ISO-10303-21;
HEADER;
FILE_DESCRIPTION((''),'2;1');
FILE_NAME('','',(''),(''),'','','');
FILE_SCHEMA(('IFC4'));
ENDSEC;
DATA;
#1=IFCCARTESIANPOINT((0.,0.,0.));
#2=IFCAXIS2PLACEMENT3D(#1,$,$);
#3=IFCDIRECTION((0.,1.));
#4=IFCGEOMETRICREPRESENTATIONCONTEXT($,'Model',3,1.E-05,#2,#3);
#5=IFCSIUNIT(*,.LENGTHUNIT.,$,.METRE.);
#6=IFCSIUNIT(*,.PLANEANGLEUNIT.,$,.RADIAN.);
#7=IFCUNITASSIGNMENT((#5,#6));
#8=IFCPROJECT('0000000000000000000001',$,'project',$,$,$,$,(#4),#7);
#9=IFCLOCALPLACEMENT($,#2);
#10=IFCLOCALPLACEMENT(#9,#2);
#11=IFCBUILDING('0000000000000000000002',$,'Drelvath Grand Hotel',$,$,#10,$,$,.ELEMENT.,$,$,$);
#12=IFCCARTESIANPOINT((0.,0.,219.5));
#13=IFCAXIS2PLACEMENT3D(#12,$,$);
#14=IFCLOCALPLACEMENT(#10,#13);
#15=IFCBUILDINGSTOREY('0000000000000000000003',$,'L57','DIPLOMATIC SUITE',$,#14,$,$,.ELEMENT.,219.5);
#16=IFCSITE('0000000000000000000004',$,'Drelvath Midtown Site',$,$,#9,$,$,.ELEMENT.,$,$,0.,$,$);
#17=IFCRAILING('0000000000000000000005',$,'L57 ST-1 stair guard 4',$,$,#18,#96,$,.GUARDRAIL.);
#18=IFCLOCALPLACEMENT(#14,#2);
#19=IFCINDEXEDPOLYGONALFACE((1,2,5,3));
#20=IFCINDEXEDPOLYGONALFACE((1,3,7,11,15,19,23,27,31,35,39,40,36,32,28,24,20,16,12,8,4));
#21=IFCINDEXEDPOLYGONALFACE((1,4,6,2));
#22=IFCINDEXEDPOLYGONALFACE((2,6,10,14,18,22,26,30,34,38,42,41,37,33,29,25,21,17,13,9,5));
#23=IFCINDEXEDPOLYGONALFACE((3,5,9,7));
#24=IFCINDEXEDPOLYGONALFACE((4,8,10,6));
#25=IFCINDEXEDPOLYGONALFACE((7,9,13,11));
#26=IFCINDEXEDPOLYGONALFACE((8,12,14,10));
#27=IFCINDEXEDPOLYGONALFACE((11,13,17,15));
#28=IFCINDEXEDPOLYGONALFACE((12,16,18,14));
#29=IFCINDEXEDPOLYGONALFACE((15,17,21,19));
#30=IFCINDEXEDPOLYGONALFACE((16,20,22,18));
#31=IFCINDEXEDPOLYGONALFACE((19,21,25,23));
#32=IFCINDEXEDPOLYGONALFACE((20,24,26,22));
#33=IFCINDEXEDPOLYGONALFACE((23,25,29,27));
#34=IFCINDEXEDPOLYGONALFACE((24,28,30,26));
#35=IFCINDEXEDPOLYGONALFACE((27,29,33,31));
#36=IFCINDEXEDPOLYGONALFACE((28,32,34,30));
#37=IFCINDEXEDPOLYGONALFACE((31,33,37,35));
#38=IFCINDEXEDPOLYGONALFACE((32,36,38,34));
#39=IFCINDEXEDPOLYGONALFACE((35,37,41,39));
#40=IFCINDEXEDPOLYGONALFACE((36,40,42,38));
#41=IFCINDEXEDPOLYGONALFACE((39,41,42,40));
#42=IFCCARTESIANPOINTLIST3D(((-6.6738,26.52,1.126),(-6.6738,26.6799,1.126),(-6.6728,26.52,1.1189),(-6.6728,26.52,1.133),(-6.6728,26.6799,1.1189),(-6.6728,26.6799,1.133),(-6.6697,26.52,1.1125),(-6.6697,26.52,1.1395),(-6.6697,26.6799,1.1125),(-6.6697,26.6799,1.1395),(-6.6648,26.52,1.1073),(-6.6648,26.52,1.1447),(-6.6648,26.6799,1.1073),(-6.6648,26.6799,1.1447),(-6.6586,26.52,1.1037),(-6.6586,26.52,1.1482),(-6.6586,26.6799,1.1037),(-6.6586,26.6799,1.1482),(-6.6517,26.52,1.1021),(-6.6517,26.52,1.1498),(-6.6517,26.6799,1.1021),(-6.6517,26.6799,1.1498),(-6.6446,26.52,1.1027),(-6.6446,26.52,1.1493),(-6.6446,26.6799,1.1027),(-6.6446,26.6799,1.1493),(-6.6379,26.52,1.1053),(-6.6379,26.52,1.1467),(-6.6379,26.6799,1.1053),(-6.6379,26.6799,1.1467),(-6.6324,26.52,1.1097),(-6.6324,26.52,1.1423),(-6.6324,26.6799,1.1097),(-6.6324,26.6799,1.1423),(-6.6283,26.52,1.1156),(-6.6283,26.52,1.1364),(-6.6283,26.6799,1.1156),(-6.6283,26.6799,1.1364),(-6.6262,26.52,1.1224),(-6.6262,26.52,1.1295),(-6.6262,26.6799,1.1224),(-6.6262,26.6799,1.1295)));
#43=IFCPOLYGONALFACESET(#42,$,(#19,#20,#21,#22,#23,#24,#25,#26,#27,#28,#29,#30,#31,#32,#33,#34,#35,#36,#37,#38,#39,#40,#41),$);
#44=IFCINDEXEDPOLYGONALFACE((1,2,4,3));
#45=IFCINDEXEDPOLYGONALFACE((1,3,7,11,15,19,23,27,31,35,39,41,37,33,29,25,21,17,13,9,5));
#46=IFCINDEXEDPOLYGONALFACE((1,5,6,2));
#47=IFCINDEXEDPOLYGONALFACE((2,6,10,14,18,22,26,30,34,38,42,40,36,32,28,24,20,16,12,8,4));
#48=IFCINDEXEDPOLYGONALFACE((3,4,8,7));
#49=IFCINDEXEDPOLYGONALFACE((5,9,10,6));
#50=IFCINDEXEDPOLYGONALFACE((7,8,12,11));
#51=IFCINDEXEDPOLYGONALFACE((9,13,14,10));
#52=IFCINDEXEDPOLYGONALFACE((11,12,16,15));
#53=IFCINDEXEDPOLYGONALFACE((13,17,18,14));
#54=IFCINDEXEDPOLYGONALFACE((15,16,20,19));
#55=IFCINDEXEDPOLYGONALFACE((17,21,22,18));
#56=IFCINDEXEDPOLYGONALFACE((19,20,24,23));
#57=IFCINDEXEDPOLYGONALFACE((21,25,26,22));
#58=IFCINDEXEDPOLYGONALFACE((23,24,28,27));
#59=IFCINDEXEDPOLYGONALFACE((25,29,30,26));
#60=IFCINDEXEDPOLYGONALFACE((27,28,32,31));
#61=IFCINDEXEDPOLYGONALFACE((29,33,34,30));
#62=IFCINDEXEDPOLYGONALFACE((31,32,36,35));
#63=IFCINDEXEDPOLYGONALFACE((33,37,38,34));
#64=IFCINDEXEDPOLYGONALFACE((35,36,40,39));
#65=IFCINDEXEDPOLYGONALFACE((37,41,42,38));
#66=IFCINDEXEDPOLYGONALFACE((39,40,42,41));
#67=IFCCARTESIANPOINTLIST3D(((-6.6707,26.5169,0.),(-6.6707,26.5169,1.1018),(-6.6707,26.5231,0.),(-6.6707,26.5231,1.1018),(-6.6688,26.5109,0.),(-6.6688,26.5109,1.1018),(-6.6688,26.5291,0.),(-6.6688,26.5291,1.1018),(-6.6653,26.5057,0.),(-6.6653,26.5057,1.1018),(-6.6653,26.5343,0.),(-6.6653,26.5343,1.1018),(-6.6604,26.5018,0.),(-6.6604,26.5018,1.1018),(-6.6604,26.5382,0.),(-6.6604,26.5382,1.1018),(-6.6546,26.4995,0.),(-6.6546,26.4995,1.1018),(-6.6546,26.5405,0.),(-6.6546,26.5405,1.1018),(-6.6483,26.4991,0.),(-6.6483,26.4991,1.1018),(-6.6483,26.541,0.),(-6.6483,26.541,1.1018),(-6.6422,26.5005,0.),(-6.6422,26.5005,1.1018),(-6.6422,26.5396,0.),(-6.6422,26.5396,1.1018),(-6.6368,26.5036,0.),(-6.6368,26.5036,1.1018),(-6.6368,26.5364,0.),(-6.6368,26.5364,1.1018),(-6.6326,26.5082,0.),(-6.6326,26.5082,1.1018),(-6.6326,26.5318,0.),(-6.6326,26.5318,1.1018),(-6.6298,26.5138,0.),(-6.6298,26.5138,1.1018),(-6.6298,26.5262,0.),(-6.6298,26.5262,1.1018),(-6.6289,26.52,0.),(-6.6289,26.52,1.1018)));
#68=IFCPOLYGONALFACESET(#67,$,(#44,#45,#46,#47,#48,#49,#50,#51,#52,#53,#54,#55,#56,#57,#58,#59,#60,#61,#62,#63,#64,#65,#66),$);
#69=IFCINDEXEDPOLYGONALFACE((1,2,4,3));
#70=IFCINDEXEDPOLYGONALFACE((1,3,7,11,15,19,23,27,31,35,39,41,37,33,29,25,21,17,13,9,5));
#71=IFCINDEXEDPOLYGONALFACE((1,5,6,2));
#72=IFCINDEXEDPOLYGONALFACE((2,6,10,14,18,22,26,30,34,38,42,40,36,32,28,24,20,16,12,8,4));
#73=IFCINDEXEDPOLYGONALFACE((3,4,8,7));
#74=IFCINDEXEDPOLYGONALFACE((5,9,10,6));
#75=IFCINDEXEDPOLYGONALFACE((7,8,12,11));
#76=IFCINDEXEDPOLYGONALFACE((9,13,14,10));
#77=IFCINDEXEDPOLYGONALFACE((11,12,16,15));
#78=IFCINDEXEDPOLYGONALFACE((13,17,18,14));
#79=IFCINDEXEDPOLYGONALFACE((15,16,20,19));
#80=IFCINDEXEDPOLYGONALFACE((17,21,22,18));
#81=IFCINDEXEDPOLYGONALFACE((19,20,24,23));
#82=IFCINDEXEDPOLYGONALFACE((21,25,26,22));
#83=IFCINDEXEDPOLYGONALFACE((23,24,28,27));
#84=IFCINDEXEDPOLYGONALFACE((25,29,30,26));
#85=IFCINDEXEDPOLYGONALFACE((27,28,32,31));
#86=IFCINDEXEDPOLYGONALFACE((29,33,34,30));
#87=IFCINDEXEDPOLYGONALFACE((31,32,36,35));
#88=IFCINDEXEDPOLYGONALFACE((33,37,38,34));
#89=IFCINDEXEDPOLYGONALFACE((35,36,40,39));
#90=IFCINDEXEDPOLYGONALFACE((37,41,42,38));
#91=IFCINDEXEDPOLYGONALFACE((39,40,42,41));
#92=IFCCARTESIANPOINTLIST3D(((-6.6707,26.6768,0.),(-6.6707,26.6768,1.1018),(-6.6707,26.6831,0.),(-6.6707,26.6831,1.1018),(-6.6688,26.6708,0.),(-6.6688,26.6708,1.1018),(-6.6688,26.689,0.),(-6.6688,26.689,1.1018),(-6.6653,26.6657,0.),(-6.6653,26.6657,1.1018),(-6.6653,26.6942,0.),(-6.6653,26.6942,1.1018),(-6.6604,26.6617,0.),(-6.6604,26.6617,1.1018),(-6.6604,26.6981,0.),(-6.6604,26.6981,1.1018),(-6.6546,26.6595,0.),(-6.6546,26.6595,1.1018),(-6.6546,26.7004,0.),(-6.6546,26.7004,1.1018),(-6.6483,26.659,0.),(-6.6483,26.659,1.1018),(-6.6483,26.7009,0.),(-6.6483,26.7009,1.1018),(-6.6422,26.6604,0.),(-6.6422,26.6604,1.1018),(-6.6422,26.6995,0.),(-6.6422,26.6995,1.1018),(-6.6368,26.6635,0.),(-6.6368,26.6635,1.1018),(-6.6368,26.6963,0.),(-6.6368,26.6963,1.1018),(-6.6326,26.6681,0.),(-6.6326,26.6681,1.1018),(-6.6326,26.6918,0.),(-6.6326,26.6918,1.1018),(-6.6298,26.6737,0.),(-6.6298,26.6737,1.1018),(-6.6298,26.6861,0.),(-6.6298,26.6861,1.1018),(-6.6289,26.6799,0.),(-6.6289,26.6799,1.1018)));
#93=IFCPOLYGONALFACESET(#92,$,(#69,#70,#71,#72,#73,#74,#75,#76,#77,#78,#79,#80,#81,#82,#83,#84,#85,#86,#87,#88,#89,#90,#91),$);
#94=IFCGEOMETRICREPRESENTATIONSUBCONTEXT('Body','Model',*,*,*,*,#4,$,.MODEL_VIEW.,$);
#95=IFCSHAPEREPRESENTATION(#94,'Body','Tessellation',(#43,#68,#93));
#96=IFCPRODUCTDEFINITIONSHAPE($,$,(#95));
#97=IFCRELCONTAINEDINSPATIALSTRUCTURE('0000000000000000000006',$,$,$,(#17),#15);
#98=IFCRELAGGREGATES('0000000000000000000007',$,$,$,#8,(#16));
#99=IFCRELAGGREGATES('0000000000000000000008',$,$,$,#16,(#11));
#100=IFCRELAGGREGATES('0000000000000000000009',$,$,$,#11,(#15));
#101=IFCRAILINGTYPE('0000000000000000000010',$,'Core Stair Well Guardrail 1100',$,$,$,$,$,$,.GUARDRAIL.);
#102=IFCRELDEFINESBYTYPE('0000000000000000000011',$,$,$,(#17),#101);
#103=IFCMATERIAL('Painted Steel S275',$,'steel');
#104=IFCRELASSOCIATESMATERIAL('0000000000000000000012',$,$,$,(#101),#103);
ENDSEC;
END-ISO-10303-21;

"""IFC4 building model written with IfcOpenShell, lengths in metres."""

from ifc_helpers import new_model, si_unit, direction, frame, origin, origin_2d, place, context, subcontext, project, spatial, circle, extrude, material, type_object, element, save


model = new_model("IFC4")

# Units and contexts
model_context = context("Model", 3, precision=1e-05, world=origin(), true_north=direction((0.0, 1.0)))
body_context = subcontext(model_context, "Body", "Model", "MODEL_VIEW")
ifc_project = project(units=[si_unit("LENGTHUNIT", "METRE"), si_unit("PLANEANGLEUNIT", "RADIAN")], contexts=[model_context])

# Site, building, storey
site_placement = place(None, origin())
site = spatial("IfcSite", under=ifc_project, at=site_placement, Name="Drelvath Midtown Site", CompositionType="ELEMENT", RefElevation=0.0)
building_placement = place(site_placement, origin())
building = spatial("IfcBuilding", under=site, at=building_placement, Name="Drelvath Grand Hotel", CompositionType="ELEMENT")
storey_placement = place(building_placement, frame((0.0, 0.0, 219.5)))
storey = spatial("IfcBuildingStorey", under=building, at=storey_placement, Name="L57", Description="DIPLOMATIC SUITE", CompositionType="ELEMENT", Elevation=219.5)

# Shared definitions
ifc_material_1 = material(Name="Painted Steel S275", Category="steel")

# Railing
railing_type_1 = type_object("IfcRailingType", Name="Core Stair Well Guardrail 1100", PredefinedType="GUARDRAIL", material=ifc_material_1)
railing_1_placement = place(storey_placement, frame((-6.6499, 26.52, 0.0)))
element("IfcRailing", 1, at=railing_1_placement, inside=storey, type_object=railing_type_1, Name="L57 ST-1 stair guard 4", PredefinedType="GUARDRAIL", context=body_context, shape_type="SweptSolid", body=[
    extrude(circle(Radius=0.0239, at=origin_2d()), frame((0.0, 0.0, 1.126), z_axis=(0.0, 1.0, 0.0), x_axis=(-1.0, 0.0, 0.0)), (0.0, 0.0, 1.0), 0.1599),
    extrude(circle(Radius=0.021, at=origin_2d()), origin(), (0.0, 0.0, 1.0), 1.1018),
    extrude(circle(Radius=0.021, at=origin_2d()), frame((0.0, 0.1599, 0.0)), (0.0, 0.0, 1.0), 1.1018),
])

save(model, "model.ifc")
